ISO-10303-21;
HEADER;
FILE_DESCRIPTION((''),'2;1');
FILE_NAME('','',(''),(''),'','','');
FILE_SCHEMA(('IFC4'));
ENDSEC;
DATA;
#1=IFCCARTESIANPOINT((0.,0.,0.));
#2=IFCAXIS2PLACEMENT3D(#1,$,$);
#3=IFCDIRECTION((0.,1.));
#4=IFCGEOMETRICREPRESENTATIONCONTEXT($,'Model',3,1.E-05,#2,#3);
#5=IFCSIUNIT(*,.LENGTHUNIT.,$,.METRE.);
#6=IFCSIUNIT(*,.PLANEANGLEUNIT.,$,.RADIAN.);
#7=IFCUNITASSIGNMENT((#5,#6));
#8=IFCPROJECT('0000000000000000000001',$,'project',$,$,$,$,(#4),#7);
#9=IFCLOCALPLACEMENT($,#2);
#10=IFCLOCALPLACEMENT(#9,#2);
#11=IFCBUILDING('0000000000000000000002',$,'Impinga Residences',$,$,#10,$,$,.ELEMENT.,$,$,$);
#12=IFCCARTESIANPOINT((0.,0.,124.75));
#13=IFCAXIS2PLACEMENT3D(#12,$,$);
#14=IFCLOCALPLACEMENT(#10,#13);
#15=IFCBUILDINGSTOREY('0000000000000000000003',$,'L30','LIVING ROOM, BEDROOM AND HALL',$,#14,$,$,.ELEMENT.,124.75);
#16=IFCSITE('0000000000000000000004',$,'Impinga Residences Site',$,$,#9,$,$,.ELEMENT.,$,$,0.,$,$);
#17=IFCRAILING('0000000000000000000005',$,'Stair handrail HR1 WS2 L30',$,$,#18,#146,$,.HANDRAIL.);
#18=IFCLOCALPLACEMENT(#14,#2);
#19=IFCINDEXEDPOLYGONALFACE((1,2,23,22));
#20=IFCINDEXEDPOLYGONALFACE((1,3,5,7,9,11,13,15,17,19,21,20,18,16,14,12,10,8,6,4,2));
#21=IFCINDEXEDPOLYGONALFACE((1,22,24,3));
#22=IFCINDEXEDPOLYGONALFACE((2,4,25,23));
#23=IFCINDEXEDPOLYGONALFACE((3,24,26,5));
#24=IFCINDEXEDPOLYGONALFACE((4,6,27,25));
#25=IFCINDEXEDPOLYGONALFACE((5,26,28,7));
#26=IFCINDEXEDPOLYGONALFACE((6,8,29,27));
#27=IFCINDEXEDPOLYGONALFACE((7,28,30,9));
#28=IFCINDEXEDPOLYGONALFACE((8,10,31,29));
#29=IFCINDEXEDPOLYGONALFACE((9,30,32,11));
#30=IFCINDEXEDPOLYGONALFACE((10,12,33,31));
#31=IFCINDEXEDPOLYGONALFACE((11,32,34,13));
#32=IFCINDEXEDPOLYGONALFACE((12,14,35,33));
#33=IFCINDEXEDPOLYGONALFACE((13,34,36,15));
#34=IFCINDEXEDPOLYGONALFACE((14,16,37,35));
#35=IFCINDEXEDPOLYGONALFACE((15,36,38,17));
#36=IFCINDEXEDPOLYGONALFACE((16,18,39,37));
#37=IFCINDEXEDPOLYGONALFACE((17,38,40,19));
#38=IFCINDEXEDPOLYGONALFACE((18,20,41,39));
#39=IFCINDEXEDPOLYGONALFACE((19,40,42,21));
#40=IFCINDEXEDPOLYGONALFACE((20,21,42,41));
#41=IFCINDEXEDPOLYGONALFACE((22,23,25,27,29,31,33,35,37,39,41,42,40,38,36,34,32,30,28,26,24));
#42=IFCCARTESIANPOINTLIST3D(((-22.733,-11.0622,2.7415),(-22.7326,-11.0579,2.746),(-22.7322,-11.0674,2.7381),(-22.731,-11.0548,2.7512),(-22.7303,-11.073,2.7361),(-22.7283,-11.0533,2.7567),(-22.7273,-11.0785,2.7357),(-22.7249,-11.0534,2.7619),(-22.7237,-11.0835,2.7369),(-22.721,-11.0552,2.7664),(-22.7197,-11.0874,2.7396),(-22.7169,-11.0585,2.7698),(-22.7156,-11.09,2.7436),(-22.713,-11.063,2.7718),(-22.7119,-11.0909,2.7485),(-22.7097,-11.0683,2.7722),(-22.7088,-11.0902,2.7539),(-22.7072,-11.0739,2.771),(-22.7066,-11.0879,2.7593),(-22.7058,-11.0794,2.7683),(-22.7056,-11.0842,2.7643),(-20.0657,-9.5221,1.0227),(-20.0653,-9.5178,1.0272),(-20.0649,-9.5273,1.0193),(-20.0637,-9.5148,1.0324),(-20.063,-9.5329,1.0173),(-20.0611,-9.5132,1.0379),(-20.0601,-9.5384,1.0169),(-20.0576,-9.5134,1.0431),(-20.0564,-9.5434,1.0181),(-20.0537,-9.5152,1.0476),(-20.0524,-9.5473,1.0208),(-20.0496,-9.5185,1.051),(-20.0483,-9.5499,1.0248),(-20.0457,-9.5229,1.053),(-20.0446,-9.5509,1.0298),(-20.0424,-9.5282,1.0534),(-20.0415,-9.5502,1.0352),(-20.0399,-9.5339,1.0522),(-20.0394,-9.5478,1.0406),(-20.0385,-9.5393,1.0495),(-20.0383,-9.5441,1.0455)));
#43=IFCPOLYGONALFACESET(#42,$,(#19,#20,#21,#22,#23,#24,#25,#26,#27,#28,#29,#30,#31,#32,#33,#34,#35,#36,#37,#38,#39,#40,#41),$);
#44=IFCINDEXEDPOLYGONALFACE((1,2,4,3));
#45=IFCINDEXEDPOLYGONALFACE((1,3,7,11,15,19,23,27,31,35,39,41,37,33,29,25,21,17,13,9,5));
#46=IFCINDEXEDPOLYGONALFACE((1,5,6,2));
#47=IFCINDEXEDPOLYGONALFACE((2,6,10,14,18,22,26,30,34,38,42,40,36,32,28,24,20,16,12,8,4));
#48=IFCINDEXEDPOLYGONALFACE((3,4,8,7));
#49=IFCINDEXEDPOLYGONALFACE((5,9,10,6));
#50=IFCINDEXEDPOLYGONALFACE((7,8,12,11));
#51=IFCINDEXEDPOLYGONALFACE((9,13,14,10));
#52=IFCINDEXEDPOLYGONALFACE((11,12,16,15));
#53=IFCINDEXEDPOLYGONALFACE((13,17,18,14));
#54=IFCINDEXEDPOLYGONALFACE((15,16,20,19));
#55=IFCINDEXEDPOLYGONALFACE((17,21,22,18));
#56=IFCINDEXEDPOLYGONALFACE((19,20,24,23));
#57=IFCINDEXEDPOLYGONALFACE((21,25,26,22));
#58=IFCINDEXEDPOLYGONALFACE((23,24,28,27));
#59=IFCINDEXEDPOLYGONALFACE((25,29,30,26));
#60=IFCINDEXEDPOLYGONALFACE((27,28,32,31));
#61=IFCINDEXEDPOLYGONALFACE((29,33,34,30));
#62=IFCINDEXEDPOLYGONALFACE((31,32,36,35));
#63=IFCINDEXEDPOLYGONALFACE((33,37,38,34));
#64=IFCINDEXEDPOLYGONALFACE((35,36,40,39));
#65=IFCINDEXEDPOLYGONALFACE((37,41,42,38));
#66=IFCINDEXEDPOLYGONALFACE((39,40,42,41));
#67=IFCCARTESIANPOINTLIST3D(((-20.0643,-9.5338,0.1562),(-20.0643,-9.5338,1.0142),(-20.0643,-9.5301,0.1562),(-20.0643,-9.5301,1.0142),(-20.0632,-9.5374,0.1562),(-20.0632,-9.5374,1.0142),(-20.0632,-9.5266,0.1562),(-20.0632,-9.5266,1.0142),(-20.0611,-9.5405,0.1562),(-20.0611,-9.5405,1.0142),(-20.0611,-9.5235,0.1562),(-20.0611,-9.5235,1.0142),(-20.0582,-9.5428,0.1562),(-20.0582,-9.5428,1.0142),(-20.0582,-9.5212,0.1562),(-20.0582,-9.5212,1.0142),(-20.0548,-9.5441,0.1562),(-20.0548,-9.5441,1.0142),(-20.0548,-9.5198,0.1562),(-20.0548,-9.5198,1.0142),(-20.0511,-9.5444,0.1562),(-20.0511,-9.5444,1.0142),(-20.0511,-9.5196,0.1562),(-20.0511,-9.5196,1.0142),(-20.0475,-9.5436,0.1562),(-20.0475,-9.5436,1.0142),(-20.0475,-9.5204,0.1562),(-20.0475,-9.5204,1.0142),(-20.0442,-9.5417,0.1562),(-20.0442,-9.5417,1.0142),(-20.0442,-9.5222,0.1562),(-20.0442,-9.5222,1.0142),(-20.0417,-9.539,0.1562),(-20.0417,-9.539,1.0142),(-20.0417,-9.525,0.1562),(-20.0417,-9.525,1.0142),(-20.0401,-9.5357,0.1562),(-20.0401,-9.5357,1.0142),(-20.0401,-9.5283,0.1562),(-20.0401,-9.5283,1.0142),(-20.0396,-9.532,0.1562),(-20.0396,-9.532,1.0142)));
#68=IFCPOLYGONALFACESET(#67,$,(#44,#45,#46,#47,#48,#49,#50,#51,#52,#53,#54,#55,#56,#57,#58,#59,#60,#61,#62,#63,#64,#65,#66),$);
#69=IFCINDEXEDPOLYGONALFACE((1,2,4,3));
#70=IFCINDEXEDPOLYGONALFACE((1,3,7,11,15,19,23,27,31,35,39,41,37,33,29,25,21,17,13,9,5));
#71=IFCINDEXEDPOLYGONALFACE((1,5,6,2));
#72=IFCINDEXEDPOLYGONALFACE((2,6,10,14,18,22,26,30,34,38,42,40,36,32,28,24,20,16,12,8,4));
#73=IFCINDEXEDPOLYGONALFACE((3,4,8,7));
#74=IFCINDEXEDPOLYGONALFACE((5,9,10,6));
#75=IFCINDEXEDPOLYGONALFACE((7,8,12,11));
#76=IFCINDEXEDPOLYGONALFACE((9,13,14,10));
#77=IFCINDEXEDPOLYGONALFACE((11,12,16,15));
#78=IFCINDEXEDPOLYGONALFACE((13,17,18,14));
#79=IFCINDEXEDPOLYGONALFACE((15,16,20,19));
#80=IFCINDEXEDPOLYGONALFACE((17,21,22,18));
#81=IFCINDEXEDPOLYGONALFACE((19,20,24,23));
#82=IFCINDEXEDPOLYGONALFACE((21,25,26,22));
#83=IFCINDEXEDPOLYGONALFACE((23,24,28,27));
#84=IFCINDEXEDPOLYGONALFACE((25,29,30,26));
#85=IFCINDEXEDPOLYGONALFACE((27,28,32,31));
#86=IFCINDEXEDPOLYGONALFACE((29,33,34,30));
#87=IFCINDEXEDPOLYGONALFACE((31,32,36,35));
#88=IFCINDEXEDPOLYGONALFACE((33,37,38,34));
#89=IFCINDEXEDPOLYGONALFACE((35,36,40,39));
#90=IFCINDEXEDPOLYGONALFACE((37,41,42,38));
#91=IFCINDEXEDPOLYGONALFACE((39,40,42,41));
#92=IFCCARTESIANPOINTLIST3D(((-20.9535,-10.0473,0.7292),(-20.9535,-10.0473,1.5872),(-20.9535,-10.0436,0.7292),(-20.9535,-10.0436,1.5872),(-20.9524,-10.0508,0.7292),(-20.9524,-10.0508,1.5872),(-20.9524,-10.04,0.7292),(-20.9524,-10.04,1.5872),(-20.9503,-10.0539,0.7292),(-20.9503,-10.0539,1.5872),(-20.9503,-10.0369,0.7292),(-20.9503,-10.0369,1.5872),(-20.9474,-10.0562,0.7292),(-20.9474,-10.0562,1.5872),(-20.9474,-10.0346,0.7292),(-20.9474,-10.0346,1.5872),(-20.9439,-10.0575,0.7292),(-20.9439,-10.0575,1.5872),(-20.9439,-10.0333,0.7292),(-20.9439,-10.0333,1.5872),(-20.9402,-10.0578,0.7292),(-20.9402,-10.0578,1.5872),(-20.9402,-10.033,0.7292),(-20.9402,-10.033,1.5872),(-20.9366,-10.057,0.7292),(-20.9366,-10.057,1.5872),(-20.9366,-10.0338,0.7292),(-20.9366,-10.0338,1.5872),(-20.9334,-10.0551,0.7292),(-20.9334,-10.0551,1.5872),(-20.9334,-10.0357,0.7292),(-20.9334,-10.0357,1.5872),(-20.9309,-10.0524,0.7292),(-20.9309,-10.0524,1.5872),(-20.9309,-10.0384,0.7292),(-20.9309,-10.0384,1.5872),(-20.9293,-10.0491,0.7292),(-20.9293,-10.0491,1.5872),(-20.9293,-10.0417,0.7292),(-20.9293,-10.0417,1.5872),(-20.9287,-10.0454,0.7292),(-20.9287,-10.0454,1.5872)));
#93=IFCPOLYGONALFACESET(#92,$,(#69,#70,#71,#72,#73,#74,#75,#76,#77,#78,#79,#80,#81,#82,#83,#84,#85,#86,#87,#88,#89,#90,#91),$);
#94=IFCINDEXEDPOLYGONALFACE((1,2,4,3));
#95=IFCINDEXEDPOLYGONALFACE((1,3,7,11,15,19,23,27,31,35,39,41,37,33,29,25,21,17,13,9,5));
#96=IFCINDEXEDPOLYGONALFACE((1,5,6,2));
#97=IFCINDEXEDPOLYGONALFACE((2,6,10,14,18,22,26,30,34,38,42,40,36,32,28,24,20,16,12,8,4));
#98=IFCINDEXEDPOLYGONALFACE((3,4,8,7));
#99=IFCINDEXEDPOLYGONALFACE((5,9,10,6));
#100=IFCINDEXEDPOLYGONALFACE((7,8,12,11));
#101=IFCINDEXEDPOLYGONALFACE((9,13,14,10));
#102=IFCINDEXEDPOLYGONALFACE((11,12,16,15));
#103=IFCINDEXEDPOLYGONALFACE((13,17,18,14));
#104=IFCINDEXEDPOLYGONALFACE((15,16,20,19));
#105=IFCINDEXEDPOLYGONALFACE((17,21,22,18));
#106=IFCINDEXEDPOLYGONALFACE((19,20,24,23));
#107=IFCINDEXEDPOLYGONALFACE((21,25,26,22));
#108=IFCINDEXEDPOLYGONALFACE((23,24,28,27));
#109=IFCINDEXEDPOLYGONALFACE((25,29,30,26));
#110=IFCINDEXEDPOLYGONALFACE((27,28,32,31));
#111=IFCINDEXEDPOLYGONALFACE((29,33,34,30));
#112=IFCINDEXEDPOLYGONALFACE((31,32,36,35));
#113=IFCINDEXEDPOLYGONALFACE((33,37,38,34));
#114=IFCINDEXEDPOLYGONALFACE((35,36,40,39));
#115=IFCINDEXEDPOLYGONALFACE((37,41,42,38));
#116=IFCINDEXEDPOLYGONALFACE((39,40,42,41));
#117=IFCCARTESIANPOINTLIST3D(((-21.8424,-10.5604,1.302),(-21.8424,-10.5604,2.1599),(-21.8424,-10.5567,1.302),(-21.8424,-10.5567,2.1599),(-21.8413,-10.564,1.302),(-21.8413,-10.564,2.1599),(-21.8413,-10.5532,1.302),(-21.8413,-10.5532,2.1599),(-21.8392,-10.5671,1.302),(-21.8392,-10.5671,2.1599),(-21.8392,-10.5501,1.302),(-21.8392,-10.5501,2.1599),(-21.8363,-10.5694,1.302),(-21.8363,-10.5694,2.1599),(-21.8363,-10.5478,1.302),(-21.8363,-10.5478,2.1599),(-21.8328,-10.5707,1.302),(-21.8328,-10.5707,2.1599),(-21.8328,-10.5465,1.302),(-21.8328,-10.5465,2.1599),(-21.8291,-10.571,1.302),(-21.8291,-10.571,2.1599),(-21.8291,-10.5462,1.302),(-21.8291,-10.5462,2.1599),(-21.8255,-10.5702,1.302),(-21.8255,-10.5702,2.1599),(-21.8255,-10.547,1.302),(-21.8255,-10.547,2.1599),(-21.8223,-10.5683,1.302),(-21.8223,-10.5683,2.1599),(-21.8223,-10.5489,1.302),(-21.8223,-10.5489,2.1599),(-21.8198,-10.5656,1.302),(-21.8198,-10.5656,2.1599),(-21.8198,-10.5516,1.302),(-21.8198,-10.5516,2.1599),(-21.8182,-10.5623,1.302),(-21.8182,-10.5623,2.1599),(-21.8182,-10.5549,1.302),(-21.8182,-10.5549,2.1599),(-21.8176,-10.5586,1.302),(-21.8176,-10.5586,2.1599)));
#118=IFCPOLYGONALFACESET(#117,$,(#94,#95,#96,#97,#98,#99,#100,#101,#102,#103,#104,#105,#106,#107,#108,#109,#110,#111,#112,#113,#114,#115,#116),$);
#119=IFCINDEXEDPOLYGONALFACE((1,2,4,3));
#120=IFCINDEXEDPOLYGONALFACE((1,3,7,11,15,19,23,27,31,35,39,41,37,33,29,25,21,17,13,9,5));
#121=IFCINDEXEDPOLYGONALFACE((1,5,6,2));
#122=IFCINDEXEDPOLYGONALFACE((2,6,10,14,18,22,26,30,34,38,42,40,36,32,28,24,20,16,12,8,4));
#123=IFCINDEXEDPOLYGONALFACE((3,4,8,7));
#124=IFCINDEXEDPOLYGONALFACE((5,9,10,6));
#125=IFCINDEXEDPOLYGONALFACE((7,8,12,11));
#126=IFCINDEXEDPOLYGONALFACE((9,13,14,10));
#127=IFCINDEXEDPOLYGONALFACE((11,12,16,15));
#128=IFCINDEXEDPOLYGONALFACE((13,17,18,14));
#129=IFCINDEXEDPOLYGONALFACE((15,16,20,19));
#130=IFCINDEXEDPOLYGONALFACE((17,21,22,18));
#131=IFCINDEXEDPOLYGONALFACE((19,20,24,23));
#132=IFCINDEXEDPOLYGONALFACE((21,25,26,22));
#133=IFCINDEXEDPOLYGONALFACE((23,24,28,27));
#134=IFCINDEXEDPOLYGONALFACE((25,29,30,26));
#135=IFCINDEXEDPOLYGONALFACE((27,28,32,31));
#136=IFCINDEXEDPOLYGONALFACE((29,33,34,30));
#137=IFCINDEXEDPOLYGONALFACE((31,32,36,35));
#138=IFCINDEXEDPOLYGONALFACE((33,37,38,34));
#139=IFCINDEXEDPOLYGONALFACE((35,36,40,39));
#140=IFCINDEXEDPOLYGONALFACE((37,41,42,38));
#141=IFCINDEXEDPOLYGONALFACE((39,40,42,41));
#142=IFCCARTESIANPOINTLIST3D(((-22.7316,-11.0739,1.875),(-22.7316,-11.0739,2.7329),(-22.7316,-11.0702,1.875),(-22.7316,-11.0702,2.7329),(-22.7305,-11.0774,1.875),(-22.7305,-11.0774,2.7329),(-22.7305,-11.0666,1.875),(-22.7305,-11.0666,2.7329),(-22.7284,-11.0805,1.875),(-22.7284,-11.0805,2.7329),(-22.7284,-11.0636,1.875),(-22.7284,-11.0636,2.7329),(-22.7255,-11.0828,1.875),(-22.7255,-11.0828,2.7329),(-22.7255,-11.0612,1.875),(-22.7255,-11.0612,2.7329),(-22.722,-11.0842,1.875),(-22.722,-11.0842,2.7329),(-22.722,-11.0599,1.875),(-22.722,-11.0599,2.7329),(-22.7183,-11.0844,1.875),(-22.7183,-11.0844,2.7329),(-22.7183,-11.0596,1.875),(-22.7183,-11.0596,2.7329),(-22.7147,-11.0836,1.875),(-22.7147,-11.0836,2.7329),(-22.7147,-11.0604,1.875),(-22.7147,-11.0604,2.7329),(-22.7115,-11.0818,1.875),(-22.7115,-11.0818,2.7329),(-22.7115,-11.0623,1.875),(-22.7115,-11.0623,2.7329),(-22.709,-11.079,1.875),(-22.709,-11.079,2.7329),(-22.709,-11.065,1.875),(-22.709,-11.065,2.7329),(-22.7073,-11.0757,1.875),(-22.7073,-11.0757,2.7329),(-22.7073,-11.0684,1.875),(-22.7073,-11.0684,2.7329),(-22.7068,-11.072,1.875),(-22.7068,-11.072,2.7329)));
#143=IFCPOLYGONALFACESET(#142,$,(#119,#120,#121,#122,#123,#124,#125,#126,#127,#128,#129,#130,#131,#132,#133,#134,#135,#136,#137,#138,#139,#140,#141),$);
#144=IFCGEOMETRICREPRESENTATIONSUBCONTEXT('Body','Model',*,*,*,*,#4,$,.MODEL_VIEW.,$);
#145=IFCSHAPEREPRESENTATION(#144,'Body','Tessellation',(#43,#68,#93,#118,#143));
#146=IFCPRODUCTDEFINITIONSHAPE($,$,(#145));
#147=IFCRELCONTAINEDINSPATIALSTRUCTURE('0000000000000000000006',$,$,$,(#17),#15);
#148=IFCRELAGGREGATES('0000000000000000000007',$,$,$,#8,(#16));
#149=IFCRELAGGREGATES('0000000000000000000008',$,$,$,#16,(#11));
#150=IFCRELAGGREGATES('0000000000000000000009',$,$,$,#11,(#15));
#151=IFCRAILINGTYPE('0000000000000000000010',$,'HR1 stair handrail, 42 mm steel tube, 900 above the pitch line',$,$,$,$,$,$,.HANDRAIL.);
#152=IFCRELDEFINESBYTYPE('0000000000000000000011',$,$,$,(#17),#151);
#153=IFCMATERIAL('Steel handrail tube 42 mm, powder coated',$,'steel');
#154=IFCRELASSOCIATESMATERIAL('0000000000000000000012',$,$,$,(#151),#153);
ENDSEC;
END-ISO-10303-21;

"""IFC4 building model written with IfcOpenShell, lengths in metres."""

from ifc_helpers import new_model, si_unit, direction, frame, origin, origin_2d, place, context, subcontext, project, spatial, circle, extrude, material, type_object, element, save


model = new_model("IFC4")

# Units and contexts
model_context = context("Model", 3, precision=1e-05, world=origin(), true_north=direction((0.0, 1.0)))
body_context = subcontext(model_context, "Body", "Model", "MODEL_VIEW")
ifc_project = project(units=[si_unit("LENGTHUNIT", "METRE"), si_unit("PLANEANGLEUNIT", "RADIAN")], contexts=[model_context])

# Site, building, storey
site_placement = place(None, origin())
site = spatial("IfcSite", under=ifc_project, at=site_placement, Name="Impinga Residences Site", CompositionType="ELEMENT", RefElevation=0.0)
building_placement = place(site_placement, origin())
building = spatial("IfcBuilding", under=site, at=building_placement, Name="Impinga Residences", CompositionType="ELEMENT")
storey_placement = place(building_placement, frame((0.0, 0.0, 124.75)))
storey = spatial("IfcBuildingStorey", under=building, at=storey_placement, Name="L30", Description="LIVING ROOM, BEDROOM AND HALL", CompositionType="ELEMENT", Elevation=124.75)

# Railing
ifc_material_1 = material(Name="Steel handrail tube 42 mm, powder coated", Category="steel")
railing_type_1 = type_object("IfcRailingType", Name="HR1 stair handrail, 42 mm steel tube, 900 above the pitch line", PredefinedType="HANDRAIL", material=ifc_material_1)
railing_1_placement = place(storey_placement, frame((-20.052, -9.532, 0.1562)))
element("IfcRailing", 1, at=railing_1_placement, inside=storey, type_object=railing_type_1, Name="Stair handrail HR1 WS2 L30", PredefinedType="HANDRAIL", context=body_context, shape_type="SweptSolid", body=[
    extrude(circle(Radius=0.021, at=origin_2d()), frame((0.0, 0.0, 0.8789), z_axis=(-0.756226, -0.436639, 0.487307), x_axis=(0.500027, -0.86601, 0.0)), (0.0, 0.0, 1.0), 3.5271),
    extrude(circle(Radius=0.0125, at=origin_2d()), origin(), (0.0, 0.0, 1.0), 0.8579),
    extrude(circle(Radius=0.0125, at=origin_2d()), frame((-0.8892, -0.5134, 0.573)), (0.0, 0.0, 1.0), 0.8579),
    extrude(circle(Radius=0.0125, at=origin_2d()), frame((-1.7781, -1.0266, 1.1458)), (0.0, 0.0, 1.0), 0.8579),
    extrude(circle(Radius=0.0125, at=origin_2d()), frame((-2.6672, -1.54, 1.7188)), (0.0, 0.0, 1.0), 0.8579),
])

save(model, "model.ifc")
